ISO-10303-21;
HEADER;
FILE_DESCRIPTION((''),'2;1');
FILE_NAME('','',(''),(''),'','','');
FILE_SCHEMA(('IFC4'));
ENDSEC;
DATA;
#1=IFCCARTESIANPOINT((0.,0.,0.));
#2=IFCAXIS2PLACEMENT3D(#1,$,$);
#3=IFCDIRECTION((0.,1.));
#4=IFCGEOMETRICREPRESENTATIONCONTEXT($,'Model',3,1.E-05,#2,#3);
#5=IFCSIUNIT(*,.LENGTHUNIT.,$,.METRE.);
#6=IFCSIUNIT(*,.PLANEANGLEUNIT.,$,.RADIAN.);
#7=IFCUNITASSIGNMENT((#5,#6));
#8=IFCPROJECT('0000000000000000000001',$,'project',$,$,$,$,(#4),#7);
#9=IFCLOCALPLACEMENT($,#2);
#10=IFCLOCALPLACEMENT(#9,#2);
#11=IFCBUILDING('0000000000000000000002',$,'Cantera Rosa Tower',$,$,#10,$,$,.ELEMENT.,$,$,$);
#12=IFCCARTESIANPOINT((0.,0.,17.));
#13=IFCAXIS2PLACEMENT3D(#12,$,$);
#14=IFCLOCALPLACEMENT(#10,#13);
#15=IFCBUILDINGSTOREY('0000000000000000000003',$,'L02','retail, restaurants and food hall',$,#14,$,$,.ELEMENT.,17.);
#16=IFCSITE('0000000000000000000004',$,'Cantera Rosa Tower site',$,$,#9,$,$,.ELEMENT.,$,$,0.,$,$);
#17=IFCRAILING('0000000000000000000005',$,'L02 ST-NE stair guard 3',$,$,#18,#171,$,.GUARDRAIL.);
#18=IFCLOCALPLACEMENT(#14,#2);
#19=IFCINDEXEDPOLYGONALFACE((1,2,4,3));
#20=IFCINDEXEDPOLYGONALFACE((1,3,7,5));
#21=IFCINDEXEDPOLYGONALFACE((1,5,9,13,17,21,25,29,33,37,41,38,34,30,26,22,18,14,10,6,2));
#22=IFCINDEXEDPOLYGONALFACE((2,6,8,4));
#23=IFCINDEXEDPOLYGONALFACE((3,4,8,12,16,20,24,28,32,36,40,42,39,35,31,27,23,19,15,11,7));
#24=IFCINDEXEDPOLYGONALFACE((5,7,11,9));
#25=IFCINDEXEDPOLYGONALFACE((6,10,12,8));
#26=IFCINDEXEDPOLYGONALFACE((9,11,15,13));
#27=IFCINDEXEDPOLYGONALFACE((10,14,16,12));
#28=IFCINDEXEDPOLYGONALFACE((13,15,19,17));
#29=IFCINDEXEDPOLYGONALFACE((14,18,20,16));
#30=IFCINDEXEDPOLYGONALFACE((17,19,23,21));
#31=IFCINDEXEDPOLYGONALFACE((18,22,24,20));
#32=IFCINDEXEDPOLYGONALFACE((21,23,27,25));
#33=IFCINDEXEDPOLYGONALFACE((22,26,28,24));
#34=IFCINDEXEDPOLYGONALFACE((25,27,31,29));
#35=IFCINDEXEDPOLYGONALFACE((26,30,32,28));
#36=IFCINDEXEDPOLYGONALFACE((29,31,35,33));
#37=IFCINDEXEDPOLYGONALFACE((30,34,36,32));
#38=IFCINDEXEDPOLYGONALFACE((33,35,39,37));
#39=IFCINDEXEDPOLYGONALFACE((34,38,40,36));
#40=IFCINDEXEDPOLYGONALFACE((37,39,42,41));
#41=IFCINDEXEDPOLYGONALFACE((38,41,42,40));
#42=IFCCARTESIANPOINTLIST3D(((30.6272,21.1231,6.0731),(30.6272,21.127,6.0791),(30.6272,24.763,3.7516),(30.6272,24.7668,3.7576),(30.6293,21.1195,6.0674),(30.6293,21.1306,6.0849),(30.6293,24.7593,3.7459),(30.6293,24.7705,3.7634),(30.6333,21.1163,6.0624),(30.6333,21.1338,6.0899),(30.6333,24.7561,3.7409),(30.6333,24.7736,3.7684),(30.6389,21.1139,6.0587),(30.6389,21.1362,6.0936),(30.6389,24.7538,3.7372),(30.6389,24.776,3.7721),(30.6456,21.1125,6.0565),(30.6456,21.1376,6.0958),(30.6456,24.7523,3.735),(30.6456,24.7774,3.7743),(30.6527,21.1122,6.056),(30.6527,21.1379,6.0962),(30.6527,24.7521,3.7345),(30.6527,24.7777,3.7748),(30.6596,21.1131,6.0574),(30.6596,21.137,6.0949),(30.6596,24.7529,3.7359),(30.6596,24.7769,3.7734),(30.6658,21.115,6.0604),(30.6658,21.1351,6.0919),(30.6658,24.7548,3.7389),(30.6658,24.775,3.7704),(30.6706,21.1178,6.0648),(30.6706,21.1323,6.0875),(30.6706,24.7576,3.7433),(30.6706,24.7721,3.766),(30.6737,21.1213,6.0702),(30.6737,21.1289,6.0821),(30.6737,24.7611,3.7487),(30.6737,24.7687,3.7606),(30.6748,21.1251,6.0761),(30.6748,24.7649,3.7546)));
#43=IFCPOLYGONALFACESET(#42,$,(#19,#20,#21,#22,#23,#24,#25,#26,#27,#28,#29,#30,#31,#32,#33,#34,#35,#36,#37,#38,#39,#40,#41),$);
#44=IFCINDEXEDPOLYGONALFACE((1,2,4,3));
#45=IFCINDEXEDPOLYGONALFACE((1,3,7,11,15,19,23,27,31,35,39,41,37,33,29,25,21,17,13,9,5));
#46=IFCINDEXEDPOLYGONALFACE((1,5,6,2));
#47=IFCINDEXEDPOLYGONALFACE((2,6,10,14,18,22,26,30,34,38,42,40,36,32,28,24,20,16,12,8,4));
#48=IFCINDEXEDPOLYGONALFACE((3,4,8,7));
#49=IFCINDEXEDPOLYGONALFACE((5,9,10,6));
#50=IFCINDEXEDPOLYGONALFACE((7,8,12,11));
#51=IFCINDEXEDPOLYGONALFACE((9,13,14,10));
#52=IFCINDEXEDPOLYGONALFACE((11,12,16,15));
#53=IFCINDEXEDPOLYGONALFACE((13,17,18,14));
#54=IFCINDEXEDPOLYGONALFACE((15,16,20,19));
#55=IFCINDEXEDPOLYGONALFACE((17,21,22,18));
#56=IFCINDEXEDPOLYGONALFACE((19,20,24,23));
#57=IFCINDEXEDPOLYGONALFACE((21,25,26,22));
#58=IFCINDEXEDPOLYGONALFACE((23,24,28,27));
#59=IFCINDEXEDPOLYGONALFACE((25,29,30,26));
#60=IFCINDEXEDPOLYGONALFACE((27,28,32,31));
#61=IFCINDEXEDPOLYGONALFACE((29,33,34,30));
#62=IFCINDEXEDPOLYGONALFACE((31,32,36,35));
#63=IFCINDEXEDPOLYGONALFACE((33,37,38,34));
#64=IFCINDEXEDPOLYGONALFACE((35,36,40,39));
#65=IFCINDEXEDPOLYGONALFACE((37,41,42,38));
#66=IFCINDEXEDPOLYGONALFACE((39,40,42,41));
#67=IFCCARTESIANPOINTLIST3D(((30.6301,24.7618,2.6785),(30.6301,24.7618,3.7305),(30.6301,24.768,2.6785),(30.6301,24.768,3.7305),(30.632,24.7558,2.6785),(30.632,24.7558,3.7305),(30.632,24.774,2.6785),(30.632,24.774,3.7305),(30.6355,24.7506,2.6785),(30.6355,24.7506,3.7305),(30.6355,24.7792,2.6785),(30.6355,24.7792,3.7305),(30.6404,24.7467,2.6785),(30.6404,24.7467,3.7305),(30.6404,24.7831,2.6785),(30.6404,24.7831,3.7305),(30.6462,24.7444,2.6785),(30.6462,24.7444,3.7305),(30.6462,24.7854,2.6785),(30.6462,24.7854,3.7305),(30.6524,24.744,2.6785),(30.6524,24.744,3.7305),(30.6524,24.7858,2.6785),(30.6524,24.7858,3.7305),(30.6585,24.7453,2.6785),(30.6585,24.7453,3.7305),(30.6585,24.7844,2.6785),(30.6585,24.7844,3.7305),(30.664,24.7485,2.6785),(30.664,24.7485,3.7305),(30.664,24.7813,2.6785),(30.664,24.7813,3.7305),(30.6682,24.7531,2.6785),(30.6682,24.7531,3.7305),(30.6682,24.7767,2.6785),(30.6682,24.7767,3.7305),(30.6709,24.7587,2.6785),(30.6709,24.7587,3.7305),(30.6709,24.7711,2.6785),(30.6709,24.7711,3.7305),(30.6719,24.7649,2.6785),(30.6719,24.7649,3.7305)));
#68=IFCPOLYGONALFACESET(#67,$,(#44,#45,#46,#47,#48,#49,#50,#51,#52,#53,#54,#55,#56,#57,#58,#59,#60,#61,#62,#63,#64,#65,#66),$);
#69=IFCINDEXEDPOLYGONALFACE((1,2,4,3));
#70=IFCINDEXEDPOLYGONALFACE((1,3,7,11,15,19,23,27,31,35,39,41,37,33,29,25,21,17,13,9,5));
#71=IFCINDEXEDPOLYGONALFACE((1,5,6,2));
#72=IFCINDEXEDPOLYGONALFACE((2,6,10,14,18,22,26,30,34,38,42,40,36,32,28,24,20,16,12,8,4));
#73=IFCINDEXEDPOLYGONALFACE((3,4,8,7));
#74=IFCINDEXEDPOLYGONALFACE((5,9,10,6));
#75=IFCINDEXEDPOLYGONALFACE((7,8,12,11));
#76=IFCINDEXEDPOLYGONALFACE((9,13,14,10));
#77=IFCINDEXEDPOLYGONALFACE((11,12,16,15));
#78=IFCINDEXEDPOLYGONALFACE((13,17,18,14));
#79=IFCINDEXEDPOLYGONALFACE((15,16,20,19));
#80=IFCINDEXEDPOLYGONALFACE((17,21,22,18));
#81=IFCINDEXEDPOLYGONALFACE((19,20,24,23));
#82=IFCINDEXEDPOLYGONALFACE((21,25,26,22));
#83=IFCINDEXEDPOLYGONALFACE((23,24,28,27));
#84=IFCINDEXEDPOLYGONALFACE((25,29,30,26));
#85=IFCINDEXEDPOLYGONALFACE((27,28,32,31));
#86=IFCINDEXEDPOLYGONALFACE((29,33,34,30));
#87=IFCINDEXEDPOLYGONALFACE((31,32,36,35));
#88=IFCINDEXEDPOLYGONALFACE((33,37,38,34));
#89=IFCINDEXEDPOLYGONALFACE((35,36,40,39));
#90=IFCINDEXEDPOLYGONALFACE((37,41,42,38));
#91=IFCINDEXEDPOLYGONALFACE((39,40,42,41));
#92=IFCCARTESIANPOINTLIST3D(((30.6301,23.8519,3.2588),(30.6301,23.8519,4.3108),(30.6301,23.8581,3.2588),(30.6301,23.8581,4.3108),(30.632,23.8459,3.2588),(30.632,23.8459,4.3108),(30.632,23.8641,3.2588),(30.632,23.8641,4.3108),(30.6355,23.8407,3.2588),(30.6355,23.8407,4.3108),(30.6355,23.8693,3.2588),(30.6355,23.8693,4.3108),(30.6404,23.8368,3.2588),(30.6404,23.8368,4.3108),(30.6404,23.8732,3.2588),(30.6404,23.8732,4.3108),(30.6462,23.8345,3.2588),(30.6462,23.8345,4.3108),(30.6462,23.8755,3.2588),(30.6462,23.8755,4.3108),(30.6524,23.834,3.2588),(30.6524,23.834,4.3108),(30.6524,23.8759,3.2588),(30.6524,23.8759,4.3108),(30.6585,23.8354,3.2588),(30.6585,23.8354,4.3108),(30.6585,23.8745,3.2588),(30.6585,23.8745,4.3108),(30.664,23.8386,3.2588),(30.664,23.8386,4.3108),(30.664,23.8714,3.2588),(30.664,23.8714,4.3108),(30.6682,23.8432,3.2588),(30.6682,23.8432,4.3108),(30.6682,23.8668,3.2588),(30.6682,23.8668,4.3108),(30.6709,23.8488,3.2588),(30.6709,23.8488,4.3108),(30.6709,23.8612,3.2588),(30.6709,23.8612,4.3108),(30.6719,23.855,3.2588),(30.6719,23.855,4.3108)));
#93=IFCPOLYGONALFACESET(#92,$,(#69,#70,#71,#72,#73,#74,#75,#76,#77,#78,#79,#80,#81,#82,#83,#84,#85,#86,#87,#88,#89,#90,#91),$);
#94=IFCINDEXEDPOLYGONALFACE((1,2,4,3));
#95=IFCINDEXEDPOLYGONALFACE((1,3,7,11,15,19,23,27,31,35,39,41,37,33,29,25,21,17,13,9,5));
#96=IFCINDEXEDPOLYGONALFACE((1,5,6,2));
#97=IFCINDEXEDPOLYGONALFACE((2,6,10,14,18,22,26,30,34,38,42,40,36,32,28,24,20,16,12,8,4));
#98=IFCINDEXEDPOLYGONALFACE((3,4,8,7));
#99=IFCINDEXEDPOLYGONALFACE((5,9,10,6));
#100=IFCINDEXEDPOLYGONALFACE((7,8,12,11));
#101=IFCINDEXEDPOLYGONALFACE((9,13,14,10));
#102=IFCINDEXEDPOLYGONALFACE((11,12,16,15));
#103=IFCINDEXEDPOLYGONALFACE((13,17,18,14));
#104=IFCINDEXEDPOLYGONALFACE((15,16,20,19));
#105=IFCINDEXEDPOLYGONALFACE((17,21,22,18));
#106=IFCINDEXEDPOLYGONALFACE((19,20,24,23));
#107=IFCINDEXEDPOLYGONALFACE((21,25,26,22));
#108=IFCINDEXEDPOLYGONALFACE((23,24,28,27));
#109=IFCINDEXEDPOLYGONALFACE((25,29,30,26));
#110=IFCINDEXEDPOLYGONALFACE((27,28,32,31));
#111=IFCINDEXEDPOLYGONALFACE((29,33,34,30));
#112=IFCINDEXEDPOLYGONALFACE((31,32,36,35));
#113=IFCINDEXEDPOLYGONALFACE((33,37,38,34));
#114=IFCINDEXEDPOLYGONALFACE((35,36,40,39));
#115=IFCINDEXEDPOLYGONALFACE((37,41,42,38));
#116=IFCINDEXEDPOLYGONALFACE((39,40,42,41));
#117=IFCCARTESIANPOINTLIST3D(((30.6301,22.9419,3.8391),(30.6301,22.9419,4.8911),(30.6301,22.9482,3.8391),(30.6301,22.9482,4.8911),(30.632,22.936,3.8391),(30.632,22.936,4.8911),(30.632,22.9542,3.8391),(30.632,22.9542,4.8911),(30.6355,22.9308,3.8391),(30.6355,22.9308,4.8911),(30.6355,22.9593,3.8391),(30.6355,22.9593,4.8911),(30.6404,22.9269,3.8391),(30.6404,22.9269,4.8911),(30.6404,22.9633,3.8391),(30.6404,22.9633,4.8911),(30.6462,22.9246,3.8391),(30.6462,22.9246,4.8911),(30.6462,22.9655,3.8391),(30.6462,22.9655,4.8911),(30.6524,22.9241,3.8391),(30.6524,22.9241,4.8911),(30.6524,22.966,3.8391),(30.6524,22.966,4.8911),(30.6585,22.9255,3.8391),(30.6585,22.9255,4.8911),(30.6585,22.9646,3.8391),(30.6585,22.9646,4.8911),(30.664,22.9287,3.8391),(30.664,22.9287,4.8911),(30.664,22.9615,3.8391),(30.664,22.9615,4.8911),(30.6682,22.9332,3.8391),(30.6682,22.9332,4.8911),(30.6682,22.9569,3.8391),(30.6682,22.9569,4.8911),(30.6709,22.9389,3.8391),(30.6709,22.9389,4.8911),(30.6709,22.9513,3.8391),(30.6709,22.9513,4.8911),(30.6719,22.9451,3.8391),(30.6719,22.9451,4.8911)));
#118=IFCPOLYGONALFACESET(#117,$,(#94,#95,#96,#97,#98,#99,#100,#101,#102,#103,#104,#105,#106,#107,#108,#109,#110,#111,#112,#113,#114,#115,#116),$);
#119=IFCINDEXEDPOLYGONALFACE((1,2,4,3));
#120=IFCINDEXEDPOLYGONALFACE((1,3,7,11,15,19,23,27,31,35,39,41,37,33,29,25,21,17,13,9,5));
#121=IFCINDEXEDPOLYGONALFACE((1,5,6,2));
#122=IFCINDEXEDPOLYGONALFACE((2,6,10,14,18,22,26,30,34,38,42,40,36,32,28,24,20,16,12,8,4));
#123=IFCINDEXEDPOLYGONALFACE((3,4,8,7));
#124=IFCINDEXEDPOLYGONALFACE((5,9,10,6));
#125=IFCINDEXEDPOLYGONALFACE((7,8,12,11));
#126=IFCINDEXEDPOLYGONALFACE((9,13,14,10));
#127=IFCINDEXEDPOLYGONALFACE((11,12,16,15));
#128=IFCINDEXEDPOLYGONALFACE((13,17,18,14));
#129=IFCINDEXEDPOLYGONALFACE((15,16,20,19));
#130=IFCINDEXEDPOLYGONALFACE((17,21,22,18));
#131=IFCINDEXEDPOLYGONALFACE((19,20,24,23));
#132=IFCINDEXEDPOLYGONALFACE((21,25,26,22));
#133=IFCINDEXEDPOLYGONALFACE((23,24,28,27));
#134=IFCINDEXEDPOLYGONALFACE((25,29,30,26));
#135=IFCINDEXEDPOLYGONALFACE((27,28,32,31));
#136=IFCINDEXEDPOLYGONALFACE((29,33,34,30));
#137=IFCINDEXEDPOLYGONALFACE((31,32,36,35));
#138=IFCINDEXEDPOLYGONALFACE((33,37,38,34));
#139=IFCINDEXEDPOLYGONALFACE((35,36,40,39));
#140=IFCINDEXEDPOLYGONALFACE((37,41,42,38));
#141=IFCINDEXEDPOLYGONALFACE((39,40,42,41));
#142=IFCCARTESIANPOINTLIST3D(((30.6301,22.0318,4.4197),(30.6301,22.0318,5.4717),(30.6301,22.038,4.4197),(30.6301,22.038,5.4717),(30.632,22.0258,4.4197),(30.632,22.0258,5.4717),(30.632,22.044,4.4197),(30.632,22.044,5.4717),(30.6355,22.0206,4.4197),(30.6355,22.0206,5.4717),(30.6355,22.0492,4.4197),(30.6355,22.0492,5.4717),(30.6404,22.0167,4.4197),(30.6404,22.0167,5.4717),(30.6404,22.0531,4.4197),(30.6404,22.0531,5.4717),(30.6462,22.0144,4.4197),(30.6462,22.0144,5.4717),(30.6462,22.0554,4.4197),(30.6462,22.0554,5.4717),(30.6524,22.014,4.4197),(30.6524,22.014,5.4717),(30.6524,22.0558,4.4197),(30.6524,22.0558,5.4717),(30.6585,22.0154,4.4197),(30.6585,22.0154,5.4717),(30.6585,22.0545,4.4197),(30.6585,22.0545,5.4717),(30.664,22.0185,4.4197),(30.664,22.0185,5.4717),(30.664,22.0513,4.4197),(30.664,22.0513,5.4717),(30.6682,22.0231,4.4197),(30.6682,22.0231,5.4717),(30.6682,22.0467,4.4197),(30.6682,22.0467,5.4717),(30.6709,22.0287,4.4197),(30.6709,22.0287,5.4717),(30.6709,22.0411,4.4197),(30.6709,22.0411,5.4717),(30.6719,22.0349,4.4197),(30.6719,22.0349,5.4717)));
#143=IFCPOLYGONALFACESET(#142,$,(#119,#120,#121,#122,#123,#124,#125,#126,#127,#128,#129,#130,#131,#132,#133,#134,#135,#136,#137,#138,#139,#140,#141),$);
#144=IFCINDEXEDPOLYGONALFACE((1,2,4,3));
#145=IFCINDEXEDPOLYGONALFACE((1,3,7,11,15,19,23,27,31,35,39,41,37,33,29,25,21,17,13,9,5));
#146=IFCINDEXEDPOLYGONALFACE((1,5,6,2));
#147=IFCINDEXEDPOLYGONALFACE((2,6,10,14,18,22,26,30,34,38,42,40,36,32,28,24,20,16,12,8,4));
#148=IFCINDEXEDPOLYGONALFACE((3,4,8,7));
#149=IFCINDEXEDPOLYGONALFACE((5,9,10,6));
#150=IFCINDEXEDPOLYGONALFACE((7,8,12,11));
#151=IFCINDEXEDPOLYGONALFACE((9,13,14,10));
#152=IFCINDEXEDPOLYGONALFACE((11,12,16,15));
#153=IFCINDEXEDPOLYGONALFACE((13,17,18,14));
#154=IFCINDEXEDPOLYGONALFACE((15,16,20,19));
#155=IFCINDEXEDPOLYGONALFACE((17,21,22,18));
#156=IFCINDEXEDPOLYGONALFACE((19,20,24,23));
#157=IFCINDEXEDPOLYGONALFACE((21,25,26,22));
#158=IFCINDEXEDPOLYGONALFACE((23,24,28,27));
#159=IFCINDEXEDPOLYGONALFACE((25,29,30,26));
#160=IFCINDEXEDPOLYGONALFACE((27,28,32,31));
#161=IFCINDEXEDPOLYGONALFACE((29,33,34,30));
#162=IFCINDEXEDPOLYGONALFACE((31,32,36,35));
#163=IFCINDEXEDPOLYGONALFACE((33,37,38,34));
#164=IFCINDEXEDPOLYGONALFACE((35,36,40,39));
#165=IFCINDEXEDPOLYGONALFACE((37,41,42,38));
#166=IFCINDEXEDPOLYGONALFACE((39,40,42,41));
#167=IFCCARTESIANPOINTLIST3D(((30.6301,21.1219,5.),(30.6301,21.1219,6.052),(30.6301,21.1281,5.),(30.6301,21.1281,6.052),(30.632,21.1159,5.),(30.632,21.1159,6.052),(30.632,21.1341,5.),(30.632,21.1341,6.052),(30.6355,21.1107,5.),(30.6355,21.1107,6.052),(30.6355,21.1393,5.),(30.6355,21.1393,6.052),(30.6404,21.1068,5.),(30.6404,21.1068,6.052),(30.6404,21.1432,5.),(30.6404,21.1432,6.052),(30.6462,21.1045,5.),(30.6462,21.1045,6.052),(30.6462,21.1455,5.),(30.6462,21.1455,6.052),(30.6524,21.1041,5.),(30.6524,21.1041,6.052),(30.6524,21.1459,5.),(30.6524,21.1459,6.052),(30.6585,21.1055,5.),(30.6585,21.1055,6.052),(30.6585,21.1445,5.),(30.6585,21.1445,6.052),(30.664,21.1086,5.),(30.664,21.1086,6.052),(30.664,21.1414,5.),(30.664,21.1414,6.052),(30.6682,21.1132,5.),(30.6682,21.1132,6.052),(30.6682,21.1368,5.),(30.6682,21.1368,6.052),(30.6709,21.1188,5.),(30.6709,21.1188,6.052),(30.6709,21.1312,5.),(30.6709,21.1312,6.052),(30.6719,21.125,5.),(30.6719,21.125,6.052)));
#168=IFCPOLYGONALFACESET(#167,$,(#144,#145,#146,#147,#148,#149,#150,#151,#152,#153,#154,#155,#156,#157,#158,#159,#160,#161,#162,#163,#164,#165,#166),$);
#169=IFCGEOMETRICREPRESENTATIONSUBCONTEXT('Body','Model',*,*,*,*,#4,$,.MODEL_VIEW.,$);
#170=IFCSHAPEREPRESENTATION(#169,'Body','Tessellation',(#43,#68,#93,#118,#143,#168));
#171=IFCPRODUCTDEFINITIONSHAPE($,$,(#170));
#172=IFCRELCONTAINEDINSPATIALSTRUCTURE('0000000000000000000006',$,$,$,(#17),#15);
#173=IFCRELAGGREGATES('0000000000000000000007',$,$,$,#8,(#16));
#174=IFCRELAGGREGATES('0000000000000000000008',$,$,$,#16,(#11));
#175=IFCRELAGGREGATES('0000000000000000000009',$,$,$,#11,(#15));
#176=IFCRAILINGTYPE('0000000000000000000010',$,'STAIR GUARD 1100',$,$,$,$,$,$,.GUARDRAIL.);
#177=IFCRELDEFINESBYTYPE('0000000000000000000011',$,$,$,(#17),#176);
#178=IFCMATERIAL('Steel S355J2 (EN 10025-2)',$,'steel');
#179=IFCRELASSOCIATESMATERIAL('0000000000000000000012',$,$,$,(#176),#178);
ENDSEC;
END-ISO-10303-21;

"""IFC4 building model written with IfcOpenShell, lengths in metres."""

from ifc_helpers import new_model, si_unit, direction, frame, origin, origin_2d, place, context, subcontext, project, spatial, circle, extrude, material, type_object, element, save


model = new_model("IFC4")

# Units and contexts
model_context = context("Model", 3, precision=1e-05, world=origin(), true_north=direction((0.0, 1.0)))
body_context = subcontext(model_context, "Body", "Model", "MODEL_VIEW")
ifc_project = project(units=[si_unit("LENGTHUNIT", "METRE"), si_unit("PLANEANGLEUNIT", "RADIAN")], contexts=[model_context])

# Site, building, storey
site_placement = place(None, origin())
site = spatial("IfcSite", under=ifc_project, at=site_placement, Name="Cantera Rosa Tower site", CompositionType="ELEMENT", RefElevation=0.0)
building_placement = place(site_placement, origin())
building = spatial("IfcBuilding", under=site, at=building_placement, Name="Cantera Rosa Tower", CompositionType="ELEMENT")
storey_placement = place(building_placement, frame((0.0, 0.0, 17.0)))
storey = spatial("IfcBuildingStorey", under=building, at=storey_placement, Name="L02", Description="retail, restaurants and food hall", CompositionType="ELEMENT", Elevation=17.0)

# Railing
ifc_material_1 = material(Name="Steel S355J2 (EN 10025-2)", Category="steel")
railing_type_1 = type_object("IfcRailingType", Name="STAIR GUARD 1100", PredefinedType="GUARDRAIL", material=ifc_material_1)
railing_1_placement = place(storey_placement, frame((30.6509, 24.7649, 2.6785)))
element("IfcRailing", 1, at=railing_1_placement, inside=storey, type_object=railing_type_1, Name="L02 ST-NE stair guard 3", PredefinedType="GUARDRAIL", context=body_context, shape_type="SweptSolid", body=[
    extrude(circle(Radius=0.0239, at=origin_2d()), frame((0.0, 0.0, 1.0762), z_axis=(0.0, -0.843112, 0.537739), x_axis=(1.0, 0.0, 0.0)), (0.0, 0.0, 1.0), 4.3171),
    extrude(circle(Radius=0.021, at=origin_2d()), origin(), (0.0, 0.0, 1.0), 1.052),
    extrude(circle(Radius=0.021, at=origin_2d()), frame((0.0, -0.9099, 0.5803)), (0.0, 0.0, 1.0), 1.052),
    extrude(circle(Radius=0.021, at=origin_2d()), frame((0.0, -1.8198, 1.1606)), (0.0, 0.0, 1.0), 1.052),
    extrude(circle(Radius=0.021, at=origin_2d()), frame((0.0, -2.73, 1.7412)), (0.0, 0.0, 1.0), 1.052),
    extrude(circle(Radius=0.021, at=origin_2d()), frame((0.0, -3.6399, 2.3215)), (0.0, 0.0, 1.0), 1.052),
])

save(model, "model.ifc")
